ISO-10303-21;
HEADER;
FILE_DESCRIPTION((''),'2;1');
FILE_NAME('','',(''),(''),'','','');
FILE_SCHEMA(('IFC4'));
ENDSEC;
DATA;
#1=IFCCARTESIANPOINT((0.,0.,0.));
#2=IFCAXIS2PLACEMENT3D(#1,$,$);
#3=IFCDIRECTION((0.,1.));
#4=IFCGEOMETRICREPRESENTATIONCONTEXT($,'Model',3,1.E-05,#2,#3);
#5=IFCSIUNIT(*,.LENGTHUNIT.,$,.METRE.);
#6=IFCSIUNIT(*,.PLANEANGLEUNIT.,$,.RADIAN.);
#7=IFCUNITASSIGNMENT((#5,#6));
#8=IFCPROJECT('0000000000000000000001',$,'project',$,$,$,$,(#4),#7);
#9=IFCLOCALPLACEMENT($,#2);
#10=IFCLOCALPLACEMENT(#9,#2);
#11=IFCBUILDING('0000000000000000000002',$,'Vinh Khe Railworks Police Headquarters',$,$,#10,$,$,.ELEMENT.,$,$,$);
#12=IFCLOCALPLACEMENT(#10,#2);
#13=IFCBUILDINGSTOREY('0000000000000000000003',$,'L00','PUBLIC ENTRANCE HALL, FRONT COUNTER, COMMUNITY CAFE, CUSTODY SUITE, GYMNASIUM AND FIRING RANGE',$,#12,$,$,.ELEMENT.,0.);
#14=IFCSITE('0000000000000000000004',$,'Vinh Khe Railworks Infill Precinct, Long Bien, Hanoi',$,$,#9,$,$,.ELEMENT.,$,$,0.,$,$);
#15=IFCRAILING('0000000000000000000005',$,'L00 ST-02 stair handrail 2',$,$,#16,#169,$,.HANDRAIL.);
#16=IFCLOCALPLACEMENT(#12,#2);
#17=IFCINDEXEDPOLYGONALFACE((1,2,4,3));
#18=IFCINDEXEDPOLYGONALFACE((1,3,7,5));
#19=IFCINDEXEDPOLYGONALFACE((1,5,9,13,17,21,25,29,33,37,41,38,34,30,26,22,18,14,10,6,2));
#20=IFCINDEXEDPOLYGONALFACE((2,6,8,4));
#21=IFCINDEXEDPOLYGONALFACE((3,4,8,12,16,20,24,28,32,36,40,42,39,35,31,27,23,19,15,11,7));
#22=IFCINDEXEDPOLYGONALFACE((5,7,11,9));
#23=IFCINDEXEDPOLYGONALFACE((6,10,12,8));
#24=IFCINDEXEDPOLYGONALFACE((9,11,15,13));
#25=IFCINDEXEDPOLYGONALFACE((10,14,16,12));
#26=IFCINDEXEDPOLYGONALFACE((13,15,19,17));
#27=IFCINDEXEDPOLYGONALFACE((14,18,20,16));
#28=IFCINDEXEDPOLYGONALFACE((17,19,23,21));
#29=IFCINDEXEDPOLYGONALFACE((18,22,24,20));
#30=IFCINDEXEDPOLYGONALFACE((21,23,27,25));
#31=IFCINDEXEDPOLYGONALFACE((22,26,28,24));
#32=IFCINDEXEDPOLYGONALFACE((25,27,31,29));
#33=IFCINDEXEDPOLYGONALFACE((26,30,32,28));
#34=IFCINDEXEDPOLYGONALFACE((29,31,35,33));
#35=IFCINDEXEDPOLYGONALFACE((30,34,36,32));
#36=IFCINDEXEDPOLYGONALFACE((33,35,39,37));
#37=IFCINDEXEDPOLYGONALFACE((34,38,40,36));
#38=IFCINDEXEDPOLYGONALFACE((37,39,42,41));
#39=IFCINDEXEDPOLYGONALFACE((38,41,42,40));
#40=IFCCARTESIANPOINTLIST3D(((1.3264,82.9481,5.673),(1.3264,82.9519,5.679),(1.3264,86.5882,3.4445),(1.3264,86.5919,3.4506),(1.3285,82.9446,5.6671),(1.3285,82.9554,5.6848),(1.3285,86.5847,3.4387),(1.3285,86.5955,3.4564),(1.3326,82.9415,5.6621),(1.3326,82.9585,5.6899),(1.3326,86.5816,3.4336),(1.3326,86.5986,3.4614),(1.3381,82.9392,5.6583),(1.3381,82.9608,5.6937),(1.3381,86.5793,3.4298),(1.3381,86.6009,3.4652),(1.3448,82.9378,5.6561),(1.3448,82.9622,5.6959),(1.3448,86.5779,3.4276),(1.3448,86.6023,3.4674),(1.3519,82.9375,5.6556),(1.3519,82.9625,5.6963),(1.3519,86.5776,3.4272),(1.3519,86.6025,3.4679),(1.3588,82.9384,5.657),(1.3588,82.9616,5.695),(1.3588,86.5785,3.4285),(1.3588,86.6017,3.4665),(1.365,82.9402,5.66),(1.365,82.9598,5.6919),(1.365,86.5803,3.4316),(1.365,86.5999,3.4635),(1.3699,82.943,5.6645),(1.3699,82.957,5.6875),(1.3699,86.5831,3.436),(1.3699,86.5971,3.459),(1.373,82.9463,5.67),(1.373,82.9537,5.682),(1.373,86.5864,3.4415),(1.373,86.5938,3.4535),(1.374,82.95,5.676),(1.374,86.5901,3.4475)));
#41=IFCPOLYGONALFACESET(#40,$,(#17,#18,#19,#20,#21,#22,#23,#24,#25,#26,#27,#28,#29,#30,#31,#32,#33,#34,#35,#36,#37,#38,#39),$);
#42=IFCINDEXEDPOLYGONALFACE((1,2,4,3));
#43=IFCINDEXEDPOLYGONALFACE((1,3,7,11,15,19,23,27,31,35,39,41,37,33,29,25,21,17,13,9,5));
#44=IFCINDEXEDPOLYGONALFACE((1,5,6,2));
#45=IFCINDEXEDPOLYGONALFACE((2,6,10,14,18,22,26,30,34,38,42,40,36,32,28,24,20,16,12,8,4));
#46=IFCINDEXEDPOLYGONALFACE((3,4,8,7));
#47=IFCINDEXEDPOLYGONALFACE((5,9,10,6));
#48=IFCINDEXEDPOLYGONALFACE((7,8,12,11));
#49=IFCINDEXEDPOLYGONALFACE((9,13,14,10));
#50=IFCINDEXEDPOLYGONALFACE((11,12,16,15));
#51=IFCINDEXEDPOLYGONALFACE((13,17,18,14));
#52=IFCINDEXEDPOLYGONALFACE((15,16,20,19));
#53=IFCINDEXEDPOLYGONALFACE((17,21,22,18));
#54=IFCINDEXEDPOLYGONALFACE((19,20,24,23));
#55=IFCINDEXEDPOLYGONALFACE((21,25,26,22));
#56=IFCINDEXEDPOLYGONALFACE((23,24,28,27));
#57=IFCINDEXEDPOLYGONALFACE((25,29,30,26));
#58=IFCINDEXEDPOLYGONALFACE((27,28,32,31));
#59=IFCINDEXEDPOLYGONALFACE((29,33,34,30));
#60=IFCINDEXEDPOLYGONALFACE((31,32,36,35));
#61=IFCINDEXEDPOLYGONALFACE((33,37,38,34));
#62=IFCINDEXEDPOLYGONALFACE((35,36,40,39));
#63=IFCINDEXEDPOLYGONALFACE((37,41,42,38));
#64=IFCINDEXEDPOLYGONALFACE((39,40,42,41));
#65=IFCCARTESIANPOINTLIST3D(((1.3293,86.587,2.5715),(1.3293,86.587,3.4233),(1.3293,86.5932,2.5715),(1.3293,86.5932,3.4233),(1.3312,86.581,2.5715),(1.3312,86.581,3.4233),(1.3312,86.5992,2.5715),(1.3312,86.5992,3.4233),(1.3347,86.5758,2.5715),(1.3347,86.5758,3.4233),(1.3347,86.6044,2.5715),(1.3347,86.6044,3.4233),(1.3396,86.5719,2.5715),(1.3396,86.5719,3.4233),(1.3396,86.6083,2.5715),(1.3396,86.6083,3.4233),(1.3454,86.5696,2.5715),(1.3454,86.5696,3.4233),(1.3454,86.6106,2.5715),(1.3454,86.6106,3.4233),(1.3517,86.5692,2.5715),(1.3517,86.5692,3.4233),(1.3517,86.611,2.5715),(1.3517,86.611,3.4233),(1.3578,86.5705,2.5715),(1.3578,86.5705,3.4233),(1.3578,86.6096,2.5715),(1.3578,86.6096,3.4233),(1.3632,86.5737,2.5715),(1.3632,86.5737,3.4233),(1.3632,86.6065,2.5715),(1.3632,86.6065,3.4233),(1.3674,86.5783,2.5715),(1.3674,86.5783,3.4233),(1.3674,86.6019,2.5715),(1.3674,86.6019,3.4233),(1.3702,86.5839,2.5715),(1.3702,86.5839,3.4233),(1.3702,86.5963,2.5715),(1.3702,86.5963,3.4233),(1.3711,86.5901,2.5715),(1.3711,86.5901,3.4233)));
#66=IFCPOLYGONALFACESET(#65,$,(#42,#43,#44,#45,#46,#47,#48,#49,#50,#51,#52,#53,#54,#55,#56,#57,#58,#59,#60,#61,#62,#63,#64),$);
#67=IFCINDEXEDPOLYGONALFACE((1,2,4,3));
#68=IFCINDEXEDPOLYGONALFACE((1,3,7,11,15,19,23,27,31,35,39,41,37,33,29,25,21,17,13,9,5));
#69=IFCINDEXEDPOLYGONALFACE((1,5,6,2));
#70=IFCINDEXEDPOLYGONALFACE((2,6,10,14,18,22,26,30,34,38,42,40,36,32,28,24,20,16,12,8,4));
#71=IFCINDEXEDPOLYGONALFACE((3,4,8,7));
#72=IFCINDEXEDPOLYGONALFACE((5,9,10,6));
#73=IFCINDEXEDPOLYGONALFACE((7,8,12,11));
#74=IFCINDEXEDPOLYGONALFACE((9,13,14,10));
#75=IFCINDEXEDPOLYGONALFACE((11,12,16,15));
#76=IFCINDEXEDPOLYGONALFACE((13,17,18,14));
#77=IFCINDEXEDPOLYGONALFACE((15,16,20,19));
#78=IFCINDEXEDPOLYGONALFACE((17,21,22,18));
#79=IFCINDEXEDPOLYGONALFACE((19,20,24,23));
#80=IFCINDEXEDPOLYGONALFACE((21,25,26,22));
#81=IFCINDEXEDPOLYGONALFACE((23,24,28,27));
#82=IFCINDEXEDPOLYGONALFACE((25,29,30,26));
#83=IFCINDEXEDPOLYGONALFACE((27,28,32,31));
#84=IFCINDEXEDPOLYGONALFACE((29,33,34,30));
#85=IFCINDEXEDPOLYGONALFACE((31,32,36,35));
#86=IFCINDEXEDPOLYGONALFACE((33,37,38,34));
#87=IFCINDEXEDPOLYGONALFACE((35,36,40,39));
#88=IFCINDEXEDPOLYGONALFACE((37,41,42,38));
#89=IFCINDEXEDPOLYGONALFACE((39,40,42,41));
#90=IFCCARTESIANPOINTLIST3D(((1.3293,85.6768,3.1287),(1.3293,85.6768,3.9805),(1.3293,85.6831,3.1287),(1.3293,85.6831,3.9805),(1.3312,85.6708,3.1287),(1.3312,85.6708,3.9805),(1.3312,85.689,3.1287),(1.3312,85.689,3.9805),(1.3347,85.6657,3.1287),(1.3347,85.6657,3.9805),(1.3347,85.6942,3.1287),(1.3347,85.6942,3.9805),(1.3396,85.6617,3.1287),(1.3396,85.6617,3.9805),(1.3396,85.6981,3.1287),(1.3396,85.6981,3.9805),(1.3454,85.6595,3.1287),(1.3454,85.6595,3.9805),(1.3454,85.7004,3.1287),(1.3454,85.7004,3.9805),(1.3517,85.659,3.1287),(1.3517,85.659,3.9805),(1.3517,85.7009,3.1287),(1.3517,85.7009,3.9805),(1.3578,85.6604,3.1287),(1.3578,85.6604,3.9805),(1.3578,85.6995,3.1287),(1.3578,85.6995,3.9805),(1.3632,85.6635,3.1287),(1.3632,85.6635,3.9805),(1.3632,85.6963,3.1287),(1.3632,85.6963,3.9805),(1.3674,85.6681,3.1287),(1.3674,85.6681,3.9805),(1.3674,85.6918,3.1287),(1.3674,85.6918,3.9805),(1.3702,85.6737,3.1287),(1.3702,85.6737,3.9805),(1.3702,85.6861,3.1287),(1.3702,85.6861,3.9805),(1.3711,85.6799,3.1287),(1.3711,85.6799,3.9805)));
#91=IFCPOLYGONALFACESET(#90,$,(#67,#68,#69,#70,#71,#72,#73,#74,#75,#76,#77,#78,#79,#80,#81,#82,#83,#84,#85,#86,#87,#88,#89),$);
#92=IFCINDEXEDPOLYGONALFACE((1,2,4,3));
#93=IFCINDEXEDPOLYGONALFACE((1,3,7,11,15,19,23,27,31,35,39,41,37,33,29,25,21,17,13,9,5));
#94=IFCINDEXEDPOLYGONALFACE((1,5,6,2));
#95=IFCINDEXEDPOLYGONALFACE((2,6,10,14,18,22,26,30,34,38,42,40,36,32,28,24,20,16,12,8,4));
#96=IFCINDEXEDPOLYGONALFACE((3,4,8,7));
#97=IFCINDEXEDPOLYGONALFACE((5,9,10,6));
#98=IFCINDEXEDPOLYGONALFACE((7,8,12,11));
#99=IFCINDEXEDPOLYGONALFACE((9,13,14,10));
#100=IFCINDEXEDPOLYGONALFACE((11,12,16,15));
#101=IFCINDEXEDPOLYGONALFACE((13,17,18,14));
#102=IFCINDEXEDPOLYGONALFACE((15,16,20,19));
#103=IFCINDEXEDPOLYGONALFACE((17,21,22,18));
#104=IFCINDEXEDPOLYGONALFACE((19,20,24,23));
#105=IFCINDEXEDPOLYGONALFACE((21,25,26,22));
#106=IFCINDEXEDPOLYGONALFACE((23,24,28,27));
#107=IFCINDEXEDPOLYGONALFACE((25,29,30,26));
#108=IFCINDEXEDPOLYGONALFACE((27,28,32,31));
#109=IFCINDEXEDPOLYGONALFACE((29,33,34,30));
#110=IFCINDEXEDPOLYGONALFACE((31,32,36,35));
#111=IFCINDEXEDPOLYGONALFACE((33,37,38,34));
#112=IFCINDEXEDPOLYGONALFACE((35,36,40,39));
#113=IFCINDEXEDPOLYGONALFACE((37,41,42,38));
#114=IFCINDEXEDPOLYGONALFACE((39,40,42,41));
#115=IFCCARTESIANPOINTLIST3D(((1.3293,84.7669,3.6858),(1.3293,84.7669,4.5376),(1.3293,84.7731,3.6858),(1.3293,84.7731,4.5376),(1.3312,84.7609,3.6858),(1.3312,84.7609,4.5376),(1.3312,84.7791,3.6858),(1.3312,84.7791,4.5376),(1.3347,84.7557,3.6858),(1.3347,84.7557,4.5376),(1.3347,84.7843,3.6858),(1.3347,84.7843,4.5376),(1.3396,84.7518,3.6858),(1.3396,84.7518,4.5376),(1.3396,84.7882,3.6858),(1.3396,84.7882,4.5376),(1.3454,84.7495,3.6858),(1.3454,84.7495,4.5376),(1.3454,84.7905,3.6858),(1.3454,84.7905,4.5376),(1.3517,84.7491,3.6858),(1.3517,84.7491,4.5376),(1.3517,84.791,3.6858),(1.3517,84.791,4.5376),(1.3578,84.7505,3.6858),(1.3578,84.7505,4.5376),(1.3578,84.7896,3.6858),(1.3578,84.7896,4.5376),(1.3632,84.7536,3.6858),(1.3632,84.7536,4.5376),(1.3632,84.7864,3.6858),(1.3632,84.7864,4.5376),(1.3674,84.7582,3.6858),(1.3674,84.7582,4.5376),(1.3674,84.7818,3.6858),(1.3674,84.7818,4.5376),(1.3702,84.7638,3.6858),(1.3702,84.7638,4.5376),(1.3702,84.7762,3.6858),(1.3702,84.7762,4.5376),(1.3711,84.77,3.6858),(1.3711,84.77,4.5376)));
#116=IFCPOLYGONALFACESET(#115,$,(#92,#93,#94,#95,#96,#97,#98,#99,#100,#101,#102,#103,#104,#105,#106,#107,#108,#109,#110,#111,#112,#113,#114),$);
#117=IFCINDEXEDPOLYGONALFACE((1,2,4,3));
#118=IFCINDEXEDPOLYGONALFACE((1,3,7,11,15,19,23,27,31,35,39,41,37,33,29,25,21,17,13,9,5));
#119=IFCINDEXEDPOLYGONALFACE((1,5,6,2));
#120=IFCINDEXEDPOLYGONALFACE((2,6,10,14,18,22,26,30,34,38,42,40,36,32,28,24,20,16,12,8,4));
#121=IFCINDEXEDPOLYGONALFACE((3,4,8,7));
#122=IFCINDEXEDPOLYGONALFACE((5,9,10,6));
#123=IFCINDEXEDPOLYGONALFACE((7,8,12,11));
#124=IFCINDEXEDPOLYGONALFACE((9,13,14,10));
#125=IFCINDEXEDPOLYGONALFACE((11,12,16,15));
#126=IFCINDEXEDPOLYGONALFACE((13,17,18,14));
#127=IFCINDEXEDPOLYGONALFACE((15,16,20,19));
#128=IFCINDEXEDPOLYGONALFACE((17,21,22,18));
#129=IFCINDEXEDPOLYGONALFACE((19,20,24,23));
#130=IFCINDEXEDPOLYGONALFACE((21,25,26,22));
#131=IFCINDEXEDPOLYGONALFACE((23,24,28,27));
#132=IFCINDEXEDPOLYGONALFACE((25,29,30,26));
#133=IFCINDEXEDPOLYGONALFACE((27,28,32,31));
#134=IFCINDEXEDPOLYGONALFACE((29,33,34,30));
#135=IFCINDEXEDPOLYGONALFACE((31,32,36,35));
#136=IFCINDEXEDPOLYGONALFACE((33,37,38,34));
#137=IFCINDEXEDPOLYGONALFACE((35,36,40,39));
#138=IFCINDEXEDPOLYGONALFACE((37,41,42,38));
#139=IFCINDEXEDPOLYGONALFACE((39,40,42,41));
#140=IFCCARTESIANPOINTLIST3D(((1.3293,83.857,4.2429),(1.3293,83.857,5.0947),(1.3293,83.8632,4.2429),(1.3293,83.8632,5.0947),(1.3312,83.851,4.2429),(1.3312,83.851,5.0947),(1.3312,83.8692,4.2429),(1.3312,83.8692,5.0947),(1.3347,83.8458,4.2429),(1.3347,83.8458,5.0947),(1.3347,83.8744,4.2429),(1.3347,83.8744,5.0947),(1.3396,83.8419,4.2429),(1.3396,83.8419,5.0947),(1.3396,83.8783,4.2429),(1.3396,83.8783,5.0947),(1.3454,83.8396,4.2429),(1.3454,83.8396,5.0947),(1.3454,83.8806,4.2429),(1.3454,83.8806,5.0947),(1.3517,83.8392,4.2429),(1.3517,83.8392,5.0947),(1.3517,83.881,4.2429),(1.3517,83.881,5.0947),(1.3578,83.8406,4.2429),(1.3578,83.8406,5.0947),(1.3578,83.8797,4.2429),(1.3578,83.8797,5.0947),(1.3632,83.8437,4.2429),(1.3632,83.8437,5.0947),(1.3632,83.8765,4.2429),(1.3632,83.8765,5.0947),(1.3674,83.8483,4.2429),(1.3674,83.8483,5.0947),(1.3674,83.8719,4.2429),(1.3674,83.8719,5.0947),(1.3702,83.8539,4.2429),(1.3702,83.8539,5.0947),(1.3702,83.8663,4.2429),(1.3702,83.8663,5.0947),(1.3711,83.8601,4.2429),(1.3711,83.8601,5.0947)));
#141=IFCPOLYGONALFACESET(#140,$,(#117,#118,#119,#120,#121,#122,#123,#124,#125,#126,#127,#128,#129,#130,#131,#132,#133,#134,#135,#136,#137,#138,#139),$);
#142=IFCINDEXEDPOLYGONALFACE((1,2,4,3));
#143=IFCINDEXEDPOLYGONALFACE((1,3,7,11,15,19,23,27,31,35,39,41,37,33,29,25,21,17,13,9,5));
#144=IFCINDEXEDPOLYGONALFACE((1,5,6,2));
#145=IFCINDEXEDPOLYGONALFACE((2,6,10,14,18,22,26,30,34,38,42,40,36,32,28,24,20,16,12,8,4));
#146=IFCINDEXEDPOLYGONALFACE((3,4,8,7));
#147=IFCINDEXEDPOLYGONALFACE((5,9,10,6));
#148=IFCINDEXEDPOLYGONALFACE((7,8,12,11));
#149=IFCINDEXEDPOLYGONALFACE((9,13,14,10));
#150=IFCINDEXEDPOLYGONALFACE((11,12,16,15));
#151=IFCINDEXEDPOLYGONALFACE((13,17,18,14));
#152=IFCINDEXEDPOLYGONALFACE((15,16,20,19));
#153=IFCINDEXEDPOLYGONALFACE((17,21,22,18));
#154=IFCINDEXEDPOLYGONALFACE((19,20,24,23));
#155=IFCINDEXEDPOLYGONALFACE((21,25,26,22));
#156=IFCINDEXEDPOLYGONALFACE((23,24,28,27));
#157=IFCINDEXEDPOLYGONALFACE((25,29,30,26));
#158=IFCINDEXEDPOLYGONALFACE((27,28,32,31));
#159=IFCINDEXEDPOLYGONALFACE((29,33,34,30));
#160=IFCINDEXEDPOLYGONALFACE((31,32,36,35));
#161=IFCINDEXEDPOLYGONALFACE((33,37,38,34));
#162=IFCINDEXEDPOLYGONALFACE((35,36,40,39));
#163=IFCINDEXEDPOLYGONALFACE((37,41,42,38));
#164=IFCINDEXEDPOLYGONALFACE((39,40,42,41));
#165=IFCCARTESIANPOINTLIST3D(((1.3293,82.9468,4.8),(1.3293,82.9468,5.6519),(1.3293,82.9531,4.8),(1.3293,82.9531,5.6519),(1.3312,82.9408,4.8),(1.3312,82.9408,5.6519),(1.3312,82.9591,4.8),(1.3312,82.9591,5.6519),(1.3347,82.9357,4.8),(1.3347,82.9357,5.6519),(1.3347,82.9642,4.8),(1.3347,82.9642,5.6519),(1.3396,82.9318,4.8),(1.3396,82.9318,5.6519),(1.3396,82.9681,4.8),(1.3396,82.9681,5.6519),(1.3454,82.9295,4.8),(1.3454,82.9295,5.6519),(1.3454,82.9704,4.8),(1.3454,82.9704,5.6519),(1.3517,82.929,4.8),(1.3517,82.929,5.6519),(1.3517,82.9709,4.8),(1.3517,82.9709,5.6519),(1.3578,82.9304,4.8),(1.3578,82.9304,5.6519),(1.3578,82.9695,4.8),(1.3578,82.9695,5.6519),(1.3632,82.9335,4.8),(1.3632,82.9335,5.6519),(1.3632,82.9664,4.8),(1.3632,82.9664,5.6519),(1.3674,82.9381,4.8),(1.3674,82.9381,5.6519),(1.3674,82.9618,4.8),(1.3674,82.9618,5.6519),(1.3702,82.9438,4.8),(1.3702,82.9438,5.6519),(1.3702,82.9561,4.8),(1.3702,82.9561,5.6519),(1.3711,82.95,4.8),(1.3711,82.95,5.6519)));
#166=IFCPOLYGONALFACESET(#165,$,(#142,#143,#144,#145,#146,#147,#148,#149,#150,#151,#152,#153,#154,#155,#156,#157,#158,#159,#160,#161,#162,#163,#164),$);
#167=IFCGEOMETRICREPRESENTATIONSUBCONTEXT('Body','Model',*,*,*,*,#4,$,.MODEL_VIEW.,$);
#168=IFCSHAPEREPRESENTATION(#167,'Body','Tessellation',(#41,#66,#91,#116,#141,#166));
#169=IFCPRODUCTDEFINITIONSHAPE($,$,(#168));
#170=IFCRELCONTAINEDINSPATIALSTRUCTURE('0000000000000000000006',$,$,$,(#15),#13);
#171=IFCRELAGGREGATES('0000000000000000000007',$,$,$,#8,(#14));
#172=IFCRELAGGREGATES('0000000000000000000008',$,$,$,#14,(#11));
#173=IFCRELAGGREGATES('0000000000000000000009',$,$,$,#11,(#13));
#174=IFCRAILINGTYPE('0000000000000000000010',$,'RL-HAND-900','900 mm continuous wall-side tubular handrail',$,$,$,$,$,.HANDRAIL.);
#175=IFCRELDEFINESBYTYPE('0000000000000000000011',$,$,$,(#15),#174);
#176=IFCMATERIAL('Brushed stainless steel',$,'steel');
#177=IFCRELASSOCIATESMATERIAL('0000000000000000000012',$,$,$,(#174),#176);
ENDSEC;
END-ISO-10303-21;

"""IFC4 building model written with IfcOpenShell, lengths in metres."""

from ifc_helpers import new_model, si_unit, direction, frame, origin, origin_2d, place, context, subcontext, project, spatial, circle, extrude, material, type_object, element, save


model = new_model("IFC4")

# Units and contexts
model_context = context("Model", 3, precision=1e-05, world=origin(), true_north=direction((0.0, 1.0)))
body_context = subcontext(model_context, "Body", "Model", "MODEL_VIEW")
ifc_project = project(units=[si_unit("LENGTHUNIT", "METRE"), si_unit("PLANEANGLEUNIT", "RADIAN")], contexts=[model_context])

# Site, building, storey
site_placement = place(None, origin())
site = spatial("IfcSite", under=ifc_project, at=site_placement, Name="Vinh Khe Railworks Infill Precinct, Long Bien, Hanoi", CompositionType="ELEMENT", RefElevation=0.0)
building_placement = place(site_placement, origin())
building = spatial("IfcBuilding", under=site, at=building_placement, Name="Vinh Khe Railworks Police Headquarters", CompositionType="ELEMENT")
storey_placement = place(building_placement, origin())
storey = spatial("IfcBuildingStorey", under=building, at=storey_placement, Name="L00", Description="PUBLIC ENTRANCE HALL, FRONT COUNTER, COMMUNITY CAFE, CUSTODY SUITE, GYMNASIUM AND FIRING RANGE", CompositionType="ELEMENT", Elevation=0.0)

# Railing
ifc_material_1 = material(Name="Brushed stainless steel", Category="steel")
railing_type_1 = type_object("IfcRailingType", Name="RL-HAND-900", Description="900 mm continuous wall-side tubular handrail", PredefinedType="HANDRAIL", material=ifc_material_1)
railing_1_placement = place(storey_placement, frame((1.3501, 86.5901, 2.5715)))
element("IfcRailing", 1, at=railing_1_placement, inside=storey, type_object=railing_type_1, Name="L00 ST-02 stair handrail 2", PredefinedType="HANDRAIL", context=body_context, shape_type="SweptSolid", body=[
    extrude(circle(Radius=0.0239, at=origin_2d()), frame((0.0, 0.0, 0.876), z_axis=(0.0, -0.852866, 0.52213), x_axis=(1.0, 0.0, 0.0)), (0.0, 0.0, 1.0), 4.2681),
    extrude(circle(Radius=0.021, at=origin_2d()), origin(), (0.0, 0.0, 1.0), 0.8518),
    extrude(circle(Radius=0.021, at=origin_2d()), frame((0.0, -0.9102, 0.5571)), (0.0, 0.0, 1.0), 0.8518),
    extrude(circle(Radius=0.021, at=origin_2d()), frame((0.0, -1.8201, 1.1143)), (0.0, 0.0, 1.0), 0.8518),
    extrude(circle(Radius=0.021, at=origin_2d()), frame((0.0, -2.73, 1.6714)), (0.0, 0.0, 1.0), 0.8518),
    extrude(circle(Radius=0.021, at=origin_2d()), frame((0.0, -3.6401, 2.2285)), (0.0, 0.0, 1.0), 0.8518),
])

save(model, "model.ifc")
